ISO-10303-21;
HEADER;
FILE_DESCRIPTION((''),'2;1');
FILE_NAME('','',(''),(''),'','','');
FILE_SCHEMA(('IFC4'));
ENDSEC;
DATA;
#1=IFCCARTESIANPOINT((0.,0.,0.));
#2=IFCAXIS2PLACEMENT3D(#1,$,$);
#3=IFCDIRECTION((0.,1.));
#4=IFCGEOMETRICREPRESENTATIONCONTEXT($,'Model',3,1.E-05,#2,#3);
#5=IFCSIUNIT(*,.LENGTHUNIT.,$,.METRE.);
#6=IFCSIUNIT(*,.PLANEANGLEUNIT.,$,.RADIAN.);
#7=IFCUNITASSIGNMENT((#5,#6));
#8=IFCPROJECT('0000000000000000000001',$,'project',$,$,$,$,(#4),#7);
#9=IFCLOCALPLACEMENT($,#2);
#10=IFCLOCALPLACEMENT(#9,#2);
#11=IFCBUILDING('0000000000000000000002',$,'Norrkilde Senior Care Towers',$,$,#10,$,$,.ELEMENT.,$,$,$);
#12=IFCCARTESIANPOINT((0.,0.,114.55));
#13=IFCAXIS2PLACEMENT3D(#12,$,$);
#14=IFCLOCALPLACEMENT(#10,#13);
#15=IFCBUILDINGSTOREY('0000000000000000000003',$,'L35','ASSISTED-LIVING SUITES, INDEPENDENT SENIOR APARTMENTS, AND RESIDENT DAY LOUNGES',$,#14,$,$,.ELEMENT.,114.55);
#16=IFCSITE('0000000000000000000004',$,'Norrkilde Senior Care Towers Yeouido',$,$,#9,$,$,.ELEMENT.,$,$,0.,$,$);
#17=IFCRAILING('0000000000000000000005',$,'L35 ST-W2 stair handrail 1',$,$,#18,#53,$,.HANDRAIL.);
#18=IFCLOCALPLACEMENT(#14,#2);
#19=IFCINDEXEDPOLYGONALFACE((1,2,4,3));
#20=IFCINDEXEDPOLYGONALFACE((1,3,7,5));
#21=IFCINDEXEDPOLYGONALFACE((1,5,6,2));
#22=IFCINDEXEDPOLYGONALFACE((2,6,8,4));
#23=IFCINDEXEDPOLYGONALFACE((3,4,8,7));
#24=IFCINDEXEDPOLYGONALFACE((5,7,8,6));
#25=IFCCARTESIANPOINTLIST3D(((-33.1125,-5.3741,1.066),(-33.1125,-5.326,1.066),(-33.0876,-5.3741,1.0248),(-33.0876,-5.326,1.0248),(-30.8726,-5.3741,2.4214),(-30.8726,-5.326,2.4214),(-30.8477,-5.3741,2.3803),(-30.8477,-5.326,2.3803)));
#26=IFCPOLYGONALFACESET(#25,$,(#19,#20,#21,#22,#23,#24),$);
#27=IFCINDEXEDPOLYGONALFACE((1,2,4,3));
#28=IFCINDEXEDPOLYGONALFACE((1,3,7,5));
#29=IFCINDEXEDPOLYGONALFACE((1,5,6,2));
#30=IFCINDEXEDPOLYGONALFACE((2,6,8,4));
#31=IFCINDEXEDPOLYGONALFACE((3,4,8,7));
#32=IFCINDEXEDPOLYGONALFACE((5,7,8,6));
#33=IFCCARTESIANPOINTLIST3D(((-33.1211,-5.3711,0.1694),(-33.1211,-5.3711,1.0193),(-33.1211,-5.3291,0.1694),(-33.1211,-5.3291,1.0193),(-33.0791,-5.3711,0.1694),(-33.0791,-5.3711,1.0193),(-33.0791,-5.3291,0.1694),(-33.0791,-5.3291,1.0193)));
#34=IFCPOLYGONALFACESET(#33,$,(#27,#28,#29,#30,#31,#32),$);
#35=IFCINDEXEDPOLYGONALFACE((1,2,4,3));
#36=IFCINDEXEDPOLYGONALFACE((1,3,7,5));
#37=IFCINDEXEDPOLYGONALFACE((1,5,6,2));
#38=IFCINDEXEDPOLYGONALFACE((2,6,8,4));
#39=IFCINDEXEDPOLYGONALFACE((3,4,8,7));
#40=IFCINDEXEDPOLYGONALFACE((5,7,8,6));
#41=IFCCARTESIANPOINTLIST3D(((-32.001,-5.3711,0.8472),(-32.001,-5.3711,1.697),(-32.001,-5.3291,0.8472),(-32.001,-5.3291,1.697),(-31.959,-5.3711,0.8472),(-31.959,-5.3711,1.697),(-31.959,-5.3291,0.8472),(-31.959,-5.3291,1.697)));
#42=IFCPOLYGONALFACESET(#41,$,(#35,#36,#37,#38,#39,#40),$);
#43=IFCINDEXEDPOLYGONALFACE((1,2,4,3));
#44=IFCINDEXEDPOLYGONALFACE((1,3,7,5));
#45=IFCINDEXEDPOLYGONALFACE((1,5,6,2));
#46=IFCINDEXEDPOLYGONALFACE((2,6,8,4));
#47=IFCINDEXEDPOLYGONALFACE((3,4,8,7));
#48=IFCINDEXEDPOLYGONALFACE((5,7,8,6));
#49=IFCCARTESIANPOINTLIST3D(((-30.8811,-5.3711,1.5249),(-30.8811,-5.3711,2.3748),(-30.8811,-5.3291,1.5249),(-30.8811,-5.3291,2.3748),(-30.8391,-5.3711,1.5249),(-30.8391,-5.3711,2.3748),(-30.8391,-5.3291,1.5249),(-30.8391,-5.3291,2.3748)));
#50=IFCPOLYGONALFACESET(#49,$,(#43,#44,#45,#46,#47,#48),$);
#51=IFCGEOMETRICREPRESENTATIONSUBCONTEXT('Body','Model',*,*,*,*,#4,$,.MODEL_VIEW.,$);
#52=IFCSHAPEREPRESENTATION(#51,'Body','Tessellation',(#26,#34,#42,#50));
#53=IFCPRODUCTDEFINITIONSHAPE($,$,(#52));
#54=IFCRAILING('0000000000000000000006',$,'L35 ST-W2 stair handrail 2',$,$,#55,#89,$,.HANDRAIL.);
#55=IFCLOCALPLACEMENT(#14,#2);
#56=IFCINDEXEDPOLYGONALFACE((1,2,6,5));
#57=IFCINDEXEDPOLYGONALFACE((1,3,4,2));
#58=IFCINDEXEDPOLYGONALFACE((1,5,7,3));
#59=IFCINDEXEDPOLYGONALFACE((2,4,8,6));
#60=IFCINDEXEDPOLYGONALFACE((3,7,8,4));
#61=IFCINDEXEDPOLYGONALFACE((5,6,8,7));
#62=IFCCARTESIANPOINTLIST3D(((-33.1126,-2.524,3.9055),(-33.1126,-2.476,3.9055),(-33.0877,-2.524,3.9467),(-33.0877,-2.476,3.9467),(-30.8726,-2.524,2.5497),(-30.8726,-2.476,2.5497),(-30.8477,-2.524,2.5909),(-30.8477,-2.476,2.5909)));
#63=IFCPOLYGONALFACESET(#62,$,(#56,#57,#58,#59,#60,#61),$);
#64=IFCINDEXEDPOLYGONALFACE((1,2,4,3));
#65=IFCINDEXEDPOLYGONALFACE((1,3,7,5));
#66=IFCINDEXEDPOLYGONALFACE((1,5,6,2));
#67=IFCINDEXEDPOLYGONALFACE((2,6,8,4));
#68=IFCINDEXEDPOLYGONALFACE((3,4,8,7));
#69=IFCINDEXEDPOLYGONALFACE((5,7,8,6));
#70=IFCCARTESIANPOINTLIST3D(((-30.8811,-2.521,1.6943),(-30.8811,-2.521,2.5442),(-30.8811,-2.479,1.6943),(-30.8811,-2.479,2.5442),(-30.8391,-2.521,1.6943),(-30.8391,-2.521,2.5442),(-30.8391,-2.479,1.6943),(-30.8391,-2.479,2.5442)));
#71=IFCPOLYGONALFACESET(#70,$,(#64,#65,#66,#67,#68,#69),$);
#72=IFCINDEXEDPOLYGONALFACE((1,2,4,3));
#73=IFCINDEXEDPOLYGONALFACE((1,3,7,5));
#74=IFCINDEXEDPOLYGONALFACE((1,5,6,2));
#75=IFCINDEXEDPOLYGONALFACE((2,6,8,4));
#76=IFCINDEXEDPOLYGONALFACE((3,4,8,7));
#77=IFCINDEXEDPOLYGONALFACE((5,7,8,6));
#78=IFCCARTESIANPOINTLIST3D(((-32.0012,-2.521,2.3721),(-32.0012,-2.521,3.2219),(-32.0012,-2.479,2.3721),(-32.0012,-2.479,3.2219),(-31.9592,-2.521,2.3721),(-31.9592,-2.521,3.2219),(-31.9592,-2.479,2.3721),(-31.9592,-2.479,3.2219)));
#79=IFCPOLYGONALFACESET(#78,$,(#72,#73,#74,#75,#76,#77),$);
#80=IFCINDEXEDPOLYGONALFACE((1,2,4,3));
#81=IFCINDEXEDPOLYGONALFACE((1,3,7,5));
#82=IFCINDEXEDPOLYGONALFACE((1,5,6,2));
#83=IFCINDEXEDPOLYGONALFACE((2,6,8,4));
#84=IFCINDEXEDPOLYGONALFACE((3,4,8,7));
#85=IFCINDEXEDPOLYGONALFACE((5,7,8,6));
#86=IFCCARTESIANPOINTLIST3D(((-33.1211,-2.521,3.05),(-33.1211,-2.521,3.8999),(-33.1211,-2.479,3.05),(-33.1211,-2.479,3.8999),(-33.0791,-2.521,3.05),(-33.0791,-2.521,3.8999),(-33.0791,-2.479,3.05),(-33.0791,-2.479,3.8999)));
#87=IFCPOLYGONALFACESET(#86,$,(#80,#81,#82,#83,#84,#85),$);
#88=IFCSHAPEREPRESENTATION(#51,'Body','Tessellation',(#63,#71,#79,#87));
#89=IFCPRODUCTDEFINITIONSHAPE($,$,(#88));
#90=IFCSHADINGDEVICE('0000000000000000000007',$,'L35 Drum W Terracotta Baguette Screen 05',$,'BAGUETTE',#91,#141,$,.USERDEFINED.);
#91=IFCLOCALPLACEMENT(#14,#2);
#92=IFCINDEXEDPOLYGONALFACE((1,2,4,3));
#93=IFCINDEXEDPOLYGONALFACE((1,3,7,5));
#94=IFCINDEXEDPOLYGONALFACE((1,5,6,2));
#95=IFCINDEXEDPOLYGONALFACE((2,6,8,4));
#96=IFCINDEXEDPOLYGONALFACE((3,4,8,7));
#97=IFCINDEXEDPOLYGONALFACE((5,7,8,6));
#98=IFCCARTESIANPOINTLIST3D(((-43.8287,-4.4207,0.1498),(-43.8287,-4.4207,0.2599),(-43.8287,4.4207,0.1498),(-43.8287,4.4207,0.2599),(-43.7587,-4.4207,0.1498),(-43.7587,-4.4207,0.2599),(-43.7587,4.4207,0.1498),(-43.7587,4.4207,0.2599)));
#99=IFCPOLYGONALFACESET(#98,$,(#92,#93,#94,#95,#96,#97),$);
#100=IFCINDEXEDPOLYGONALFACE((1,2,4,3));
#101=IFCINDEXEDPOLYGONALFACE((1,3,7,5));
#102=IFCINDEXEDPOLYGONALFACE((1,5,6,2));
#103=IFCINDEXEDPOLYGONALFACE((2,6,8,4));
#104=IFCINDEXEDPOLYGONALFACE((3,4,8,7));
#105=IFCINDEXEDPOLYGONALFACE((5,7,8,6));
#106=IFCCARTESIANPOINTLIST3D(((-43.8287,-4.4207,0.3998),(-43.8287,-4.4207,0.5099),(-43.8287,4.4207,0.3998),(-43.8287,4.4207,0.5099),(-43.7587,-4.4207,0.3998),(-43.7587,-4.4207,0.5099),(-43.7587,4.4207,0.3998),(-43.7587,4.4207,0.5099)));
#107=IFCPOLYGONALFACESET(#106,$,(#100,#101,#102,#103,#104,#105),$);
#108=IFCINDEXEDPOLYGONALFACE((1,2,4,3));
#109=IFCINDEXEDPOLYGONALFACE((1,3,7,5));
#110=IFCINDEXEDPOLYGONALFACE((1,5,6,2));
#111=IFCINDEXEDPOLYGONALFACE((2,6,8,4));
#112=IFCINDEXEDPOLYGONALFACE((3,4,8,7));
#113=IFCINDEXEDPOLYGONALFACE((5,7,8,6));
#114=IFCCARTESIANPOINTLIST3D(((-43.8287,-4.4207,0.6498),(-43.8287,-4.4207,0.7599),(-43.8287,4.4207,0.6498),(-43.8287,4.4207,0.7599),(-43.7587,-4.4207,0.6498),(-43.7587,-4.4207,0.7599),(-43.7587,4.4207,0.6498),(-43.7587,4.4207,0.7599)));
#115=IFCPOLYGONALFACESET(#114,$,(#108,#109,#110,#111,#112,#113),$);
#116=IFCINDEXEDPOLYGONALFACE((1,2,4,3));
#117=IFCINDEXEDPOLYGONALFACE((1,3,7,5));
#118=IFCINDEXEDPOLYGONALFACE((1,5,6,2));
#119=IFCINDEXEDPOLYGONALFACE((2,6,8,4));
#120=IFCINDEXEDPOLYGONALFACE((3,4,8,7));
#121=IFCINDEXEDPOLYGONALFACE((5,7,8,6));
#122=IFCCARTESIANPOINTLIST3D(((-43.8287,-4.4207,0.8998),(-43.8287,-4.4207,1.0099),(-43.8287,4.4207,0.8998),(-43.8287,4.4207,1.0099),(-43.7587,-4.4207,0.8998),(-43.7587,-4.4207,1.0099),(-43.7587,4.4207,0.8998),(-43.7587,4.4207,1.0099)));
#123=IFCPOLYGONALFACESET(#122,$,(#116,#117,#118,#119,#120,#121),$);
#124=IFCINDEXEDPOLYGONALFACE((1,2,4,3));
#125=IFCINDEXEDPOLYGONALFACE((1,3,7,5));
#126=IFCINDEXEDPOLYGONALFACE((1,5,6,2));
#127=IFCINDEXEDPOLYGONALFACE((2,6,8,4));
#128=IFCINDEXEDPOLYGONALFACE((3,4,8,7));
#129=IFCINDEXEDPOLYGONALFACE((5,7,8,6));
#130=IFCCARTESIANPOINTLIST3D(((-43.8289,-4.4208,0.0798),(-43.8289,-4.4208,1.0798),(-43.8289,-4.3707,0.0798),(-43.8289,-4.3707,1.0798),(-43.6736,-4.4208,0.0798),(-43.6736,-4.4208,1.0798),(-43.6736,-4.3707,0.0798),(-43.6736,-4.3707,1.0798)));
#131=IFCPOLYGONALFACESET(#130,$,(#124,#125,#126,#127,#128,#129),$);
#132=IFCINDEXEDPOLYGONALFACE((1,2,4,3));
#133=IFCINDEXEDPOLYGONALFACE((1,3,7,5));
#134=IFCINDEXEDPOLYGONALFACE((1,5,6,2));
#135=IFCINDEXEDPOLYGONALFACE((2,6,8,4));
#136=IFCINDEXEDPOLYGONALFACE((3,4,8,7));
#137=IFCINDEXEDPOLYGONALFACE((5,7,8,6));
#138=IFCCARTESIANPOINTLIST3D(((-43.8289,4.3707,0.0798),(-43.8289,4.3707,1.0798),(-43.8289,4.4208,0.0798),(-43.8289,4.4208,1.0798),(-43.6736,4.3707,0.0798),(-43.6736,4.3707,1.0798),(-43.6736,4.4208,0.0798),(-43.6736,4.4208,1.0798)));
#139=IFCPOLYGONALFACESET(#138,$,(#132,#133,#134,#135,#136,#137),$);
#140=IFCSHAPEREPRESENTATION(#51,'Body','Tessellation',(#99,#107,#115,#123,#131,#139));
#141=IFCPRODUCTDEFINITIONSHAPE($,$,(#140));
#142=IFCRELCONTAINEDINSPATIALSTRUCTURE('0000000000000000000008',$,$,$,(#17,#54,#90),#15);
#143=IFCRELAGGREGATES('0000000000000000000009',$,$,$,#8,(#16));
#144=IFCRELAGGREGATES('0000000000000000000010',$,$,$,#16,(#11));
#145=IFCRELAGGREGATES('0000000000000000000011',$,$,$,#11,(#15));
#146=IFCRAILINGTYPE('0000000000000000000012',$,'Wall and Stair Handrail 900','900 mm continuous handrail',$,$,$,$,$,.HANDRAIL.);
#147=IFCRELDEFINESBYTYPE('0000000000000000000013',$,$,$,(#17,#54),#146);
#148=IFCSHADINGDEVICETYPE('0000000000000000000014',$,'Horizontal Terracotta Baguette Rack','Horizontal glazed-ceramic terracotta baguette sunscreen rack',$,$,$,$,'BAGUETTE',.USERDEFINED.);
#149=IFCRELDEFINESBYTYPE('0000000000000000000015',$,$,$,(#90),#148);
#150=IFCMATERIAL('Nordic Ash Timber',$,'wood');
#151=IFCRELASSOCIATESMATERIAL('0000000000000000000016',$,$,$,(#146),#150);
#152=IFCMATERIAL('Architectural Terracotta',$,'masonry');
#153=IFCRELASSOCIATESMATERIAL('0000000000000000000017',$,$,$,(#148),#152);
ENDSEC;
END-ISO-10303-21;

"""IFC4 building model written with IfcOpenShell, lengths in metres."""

from ifc_helpers import new_model, si_unit, direction, frame, origin, origin_2d, place, context, subcontext, project, spatial, rectangle, extrude, source, transform, mapped, material, type_object, type_shapes, element, save


model = new_model("IFC4")

# Units and contexts
model_context = context("Model", 3, precision=1e-05, world=origin(), true_north=direction((0.0, 1.0)))
body_context = subcontext(model_context, "Body", "Model", "MODEL_VIEW")
ifc_project = project(units=[si_unit("LENGTHUNIT", "METRE"), si_unit("PLANEANGLEUNIT", "RADIAN")], contexts=[model_context])

# Site, building, storey
site_placement = place(None, origin())
site = spatial("IfcSite", under=ifc_project, at=site_placement, Name="Norrkilde Senior Care Towers Yeouido", CompositionType="ELEMENT", RefElevation=0.0)
building_placement = place(site_placement, origin())
building = spatial("IfcBuilding", under=site, at=building_placement, Name="Norrkilde Senior Care Towers", CompositionType="ELEMENT")
storey_placement = place(building_placement, frame((0.0, 0.0, 114.55)))
storey = spatial("IfcBuildingStorey", under=building, at=storey_placement, Name="L35", Description="ASSISTED-LIVING SUITES, INDEPENDENT SENIOR APARTMENTS, AND RESIDENT DAY LOUNGES", CompositionType="ELEMENT", Elevation=114.55)

# Railings
ifc_material_1 = material(Name="Nordic Ash Timber", Category="wood")
railing_type_1 = type_object("IfcRailingType", Name="Wall and Stair Handrail 900", Description="900 mm continuous handrail", PredefinedType="HANDRAIL", material=ifc_material_1)
railing_1_placement = place(storey_placement, frame((-33.1001, -5.3501, 0.1694)))
element("IfcRailing", 1, at=railing_1_placement, inside=storey, type_object=railing_type_1, Name="L35 ST-W2 stair handrail 1", PredefinedType="HANDRAIL", context=body_context, shape_type="SweptSolid", body=[
    extrude(rectangle(XDim=0.0481, YDim=0.0481, at=origin_2d()), frame((0.0, 0.0, 0.876), z_axis=(0.855553, 0.0, 0.517715), x_axis=(0.0, 1.0, 0.0)), (0.0, 0.0, 1.0), 2.6182),
    extrude(rectangle(XDim=0.042, YDim=0.042, at=origin_2d()), origin(), (0.0, 0.0, 1.0), 0.8499),
    extrude(rectangle(XDim=0.042, YDim=0.042, at=origin_2d()), frame((1.1201, 0.0, 0.6777)), (0.0, 0.0, 1.0), 0.8499),
    extrude(rectangle(XDim=0.042, YDim=0.042, at=origin_2d()), frame((2.24, 0.0, 1.3555)), (0.0, 0.0, 1.0), 0.8499),
])
railing_2_placement = place(storey_placement, frame((-30.8601, -2.5, 1.6943)))
element("IfcRailing", 2, at=railing_2_placement, inside=storey, type_object=railing_type_1, Name="L35 ST-W2 stair handrail 2", PredefinedType="HANDRAIL", context=body_context, shape_type="SweptSolid", body=[
    extrude(rectangle(XDim=0.0481, YDim=0.0481, at=origin_2d()), frame((0.0, 0.0, 0.876), z_axis=(-0.855512, 0.0, 0.517783), x_axis=(0.0, -1.0, 0.0)), (0.0, 0.0, 1.0), 2.6184),
    extrude(rectangle(XDim=0.042, YDim=0.042, at=origin_2d()), origin(), (0.0, 0.0, 1.0), 0.8499),
    extrude(rectangle(XDim=0.042, YDim=0.042, at=origin_2d()), frame((-1.1201, 0.0, 0.6777)), (0.0, 0.0, 1.0), 0.8499),
    extrude(rectangle(XDim=0.042, YDim=0.042, at=origin_2d()), frame((-2.24, 0.0, 1.3557)), (0.0, 0.0, 1.0), 0.8499),
])

# Shading device
ifc_material_2 = material(Name="Architectural Terracotta", Category="masonry")
shading_device_type = type_object("IfcShadingDeviceType", Name="Horizontal Terracotta Baguette Rack", Description="Horizontal glazed-ceramic terracotta baguette sunscreen rack", ElementType="BAGUETTE", PredefinedType="USERDEFINED", material=ifc_material_2)
shared_shape_1 = source(origin(), body_context, "Body", "SweptSolid", [
    extrude(rectangle(XDim=0.0701, YDim=0.1101, at=origin_2d()), frame((0.0, 0.0901, 0.125), z_axis=(1.0, 0.0, 0.0), x_axis=(0.0, 1.0, 0.0)), (0.0, 0.0, 1.0), 8.8413),
    extrude(rectangle(XDim=0.0701, YDim=0.1101, at=origin_2d()), frame((0.0, 0.0901, 0.375), z_axis=(1.0, 0.0, 0.0), x_axis=(0.0, 1.0, 0.0)), (0.0, 0.0, 1.0), 8.8413),
    extrude(rectangle(XDim=0.0701, YDim=0.1101, at=origin_2d()), frame((0.0, 0.0901, 0.625), z_axis=(1.0, 0.0, 0.0), x_axis=(0.0, 1.0, 0.0)), (0.0, 0.0, 1.0), 8.8413),
    extrude(rectangle(XDim=0.0701, YDim=0.1101, at=origin_2d()), frame((0.0, 0.0901, 0.875), z_axis=(1.0, 0.0, 0.0), x_axis=(0.0, 1.0, 0.0)), (0.0, 0.0, 1.0), 8.8413),
    extrude(rectangle(XDim=0.05, YDim=0.1553, at=origin_2d()), frame((0.0249, 0.0476, 0.0)), (0.0, 0.0, 1.0), 1.0),
    extrude(rectangle(XDim=0.05, YDim=0.1553, at=origin_2d()), frame((8.8164, 0.0476, 0.0)), (0.0, 0.0, 1.0), 1.0),
])
type_shapes(shading_device_type, [shared_shape_1])
shading_device_placement = place(storey_placement, frame((-43.7036, -4.4207, 0.0798), z_axis=(0.0, 0.0, 1.0), x_axis=(0.0, 1.0, 0.0)))
element("IfcShadingDevice", 3, at=shading_device_placement, inside=storey, type_object=shading_device_type, Name="L35 Drum W Terracotta Baguette Screen 05", ObjectType="BAGUETTE", PredefinedType="USERDEFINED", context=body_context, shape_type="MappedRepresentation", body=[
    mapped(shared_shape_1, transform((0.0, 0.0, 0.0), x_axis=(1.0, 0.0, 0.0), y_axis=(0.0, 1.0, 0.0), z_axis=(0.0, 0.0, 1.0), scale=1.0)),
])

save(model, "model.ifc")
